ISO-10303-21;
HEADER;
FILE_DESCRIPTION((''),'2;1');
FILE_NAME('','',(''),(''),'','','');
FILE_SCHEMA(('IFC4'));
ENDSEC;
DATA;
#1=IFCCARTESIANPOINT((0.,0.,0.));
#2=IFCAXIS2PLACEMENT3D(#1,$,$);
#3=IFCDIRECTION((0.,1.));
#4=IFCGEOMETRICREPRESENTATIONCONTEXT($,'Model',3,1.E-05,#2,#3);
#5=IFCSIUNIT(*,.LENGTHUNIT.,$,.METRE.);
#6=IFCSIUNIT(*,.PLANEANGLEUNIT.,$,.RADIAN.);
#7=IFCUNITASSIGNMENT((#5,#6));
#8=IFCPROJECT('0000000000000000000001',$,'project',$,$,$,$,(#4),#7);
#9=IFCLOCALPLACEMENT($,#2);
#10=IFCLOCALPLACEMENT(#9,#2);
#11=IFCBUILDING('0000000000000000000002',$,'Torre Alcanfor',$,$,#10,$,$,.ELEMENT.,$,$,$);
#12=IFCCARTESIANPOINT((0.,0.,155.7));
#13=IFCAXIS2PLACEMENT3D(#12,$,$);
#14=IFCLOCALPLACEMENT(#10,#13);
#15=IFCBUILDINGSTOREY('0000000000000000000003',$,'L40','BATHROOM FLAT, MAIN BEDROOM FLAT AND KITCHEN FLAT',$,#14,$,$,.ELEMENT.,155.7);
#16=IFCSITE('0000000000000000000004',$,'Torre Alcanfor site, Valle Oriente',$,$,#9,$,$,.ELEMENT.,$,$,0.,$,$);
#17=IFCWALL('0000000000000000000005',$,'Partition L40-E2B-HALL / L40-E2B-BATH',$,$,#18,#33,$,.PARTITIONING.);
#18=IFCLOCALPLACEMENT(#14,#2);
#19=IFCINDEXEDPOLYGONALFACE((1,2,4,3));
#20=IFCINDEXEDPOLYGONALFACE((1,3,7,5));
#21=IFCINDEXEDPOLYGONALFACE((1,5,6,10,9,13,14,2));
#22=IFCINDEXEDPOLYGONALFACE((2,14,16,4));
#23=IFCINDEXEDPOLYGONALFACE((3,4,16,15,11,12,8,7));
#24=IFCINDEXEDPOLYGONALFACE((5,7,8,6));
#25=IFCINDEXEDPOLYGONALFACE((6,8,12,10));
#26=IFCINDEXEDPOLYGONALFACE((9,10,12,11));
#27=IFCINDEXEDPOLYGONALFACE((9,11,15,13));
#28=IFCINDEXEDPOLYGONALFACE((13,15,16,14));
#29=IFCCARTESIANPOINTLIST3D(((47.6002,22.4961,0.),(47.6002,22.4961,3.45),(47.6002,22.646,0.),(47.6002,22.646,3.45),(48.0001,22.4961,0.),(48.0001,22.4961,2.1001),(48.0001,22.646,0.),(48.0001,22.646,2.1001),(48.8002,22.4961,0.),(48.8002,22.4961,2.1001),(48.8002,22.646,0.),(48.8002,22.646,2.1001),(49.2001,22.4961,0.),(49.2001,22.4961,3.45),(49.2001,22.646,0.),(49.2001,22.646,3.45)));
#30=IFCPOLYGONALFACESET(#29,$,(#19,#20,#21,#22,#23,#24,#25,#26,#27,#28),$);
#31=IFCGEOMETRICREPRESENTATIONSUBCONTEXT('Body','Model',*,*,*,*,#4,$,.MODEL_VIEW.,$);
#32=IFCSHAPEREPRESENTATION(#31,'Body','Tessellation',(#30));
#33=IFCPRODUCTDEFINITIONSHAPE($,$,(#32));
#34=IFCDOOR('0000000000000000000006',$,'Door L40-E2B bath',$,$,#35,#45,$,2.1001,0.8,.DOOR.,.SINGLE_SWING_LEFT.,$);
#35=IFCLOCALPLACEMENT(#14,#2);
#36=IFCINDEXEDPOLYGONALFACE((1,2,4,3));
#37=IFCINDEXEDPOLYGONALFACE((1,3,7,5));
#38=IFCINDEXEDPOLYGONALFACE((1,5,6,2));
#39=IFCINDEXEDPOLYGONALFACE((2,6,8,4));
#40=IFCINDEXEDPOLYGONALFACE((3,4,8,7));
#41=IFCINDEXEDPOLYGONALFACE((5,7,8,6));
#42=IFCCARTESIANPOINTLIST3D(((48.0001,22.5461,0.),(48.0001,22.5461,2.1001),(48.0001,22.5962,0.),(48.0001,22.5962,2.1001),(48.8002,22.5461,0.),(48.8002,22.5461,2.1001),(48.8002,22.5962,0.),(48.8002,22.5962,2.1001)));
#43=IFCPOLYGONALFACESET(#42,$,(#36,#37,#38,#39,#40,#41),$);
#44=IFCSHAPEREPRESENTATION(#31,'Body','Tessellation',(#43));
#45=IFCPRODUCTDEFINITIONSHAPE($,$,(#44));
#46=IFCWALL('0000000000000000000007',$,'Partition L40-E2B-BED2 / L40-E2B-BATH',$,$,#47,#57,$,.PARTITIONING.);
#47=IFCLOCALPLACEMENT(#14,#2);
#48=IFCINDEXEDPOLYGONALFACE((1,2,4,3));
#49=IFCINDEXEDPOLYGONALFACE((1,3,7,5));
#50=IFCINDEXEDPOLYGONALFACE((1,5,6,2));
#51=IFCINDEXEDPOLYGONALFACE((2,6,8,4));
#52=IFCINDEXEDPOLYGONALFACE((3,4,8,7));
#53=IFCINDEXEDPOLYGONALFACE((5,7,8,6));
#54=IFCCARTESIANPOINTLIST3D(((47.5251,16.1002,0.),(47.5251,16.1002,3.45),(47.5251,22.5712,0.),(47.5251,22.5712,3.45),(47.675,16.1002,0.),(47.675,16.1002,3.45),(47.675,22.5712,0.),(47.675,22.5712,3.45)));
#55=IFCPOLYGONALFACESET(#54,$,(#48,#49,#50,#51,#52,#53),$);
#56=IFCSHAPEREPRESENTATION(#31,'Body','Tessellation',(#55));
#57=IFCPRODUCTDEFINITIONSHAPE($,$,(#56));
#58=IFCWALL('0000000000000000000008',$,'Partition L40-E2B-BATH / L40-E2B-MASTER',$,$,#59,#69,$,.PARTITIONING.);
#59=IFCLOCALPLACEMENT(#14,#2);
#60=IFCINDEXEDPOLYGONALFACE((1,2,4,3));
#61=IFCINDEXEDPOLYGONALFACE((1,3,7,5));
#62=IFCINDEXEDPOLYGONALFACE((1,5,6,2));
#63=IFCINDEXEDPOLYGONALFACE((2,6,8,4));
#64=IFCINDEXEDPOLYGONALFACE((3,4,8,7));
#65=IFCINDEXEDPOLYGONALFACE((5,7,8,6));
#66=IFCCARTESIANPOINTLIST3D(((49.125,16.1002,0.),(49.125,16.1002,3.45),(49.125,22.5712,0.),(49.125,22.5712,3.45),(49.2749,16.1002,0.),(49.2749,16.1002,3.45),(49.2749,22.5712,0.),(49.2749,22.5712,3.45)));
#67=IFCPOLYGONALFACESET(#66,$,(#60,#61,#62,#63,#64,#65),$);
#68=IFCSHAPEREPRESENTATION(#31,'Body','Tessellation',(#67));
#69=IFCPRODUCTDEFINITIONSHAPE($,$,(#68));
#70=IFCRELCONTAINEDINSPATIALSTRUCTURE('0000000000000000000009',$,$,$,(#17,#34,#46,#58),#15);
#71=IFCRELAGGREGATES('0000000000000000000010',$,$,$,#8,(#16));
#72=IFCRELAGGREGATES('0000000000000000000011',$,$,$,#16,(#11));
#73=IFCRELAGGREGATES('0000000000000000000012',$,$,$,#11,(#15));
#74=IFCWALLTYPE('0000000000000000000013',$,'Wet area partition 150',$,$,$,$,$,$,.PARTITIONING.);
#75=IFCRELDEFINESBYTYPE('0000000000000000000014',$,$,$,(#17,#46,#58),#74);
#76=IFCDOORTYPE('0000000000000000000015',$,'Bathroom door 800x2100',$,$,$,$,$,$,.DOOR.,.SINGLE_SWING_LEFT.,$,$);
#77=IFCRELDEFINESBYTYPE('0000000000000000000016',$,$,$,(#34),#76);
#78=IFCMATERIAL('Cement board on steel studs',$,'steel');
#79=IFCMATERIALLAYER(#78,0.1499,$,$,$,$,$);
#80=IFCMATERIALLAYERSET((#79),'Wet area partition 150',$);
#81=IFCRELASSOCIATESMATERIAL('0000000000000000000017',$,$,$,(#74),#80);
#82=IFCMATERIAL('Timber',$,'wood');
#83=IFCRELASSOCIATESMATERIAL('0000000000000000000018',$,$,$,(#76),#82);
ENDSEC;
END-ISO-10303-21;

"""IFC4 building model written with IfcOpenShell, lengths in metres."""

from ifc_helpers import new_model, si_unit, direction, frame, frame_2d, origin, place, context, subcontext, project, spatial, rectangle, extrude, material, layer, layer_set, type_object, element, fill, save


model = new_model("IFC4")

# Units and contexts
model_context = context("Model", 3, precision=1e-05, world=origin(), true_north=direction((0.0, 1.0)))
body_context = subcontext(model_context, "Body", "Model", "MODEL_VIEW")
ifc_project = project(units=[si_unit("LENGTHUNIT", "METRE"), si_unit("PLANEANGLEUNIT", "RADIAN")], contexts=[model_context])

# Site, building, storey
site_placement = place(None, origin())
site = spatial("IfcSite", under=ifc_project, at=site_placement, Name="Torre Alcanfor site, Valle Oriente", CompositionType="ELEMENT", RefElevation=0.0)
building_placement = place(site_placement, origin())
building = spatial("IfcBuilding", under=site, at=building_placement, Name="Torre Alcanfor", CompositionType="ELEMENT")
storey_placement = place(building_placement, frame((0.0, 0.0, 155.7)))
storey = spatial("IfcBuildingStorey", under=building, at=storey_placement, Name="L40", Description="BATHROOM FLAT, MAIN BEDROOM FLAT AND KITCHEN FLAT", CompositionType="ELEMENT", Elevation=155.7)

# Wall, opening, door
ifc_material_1 = material(Name="Cement board on steel studs", Category="steel")
ifc_layer_1 = layer(ifc_material_1, 0.1499)
ifc_layer_set_1 = layer_set([ifc_layer_1], Name="Wet area partition 150")
wall_type_1 = type_object("IfcWallType", Name="Wet area partition 150", PredefinedType="PARTITIONING", material=ifc_layer_set_1)
wall_1_placement = place(storey_placement, frame((49.2, 22.571, 0.0), z_axis=(0.0, 0.0, 1.0), x_axis=(-1.0, 0.0, 0.0)))
wall_1 = element("IfcWall", 1, at=wall_1_placement, inside=storey, type_object=wall_type_1, Name="Partition L40-E2B-HALL / L40-E2B-BATH", PredefinedType="PARTITIONING", context=body_context, shape_type="SweptSolid", body=[
    extrude(rectangle(XDim=1.5999, YDim=0.1499, at=frame_2d((0.7998, 0.0))), origin(), (0.0, 0.0, 1.0), 3.45),
])
opening_1_placement = place(wall_1_placement, frame((0.3999, 0.0, 0.0)))
opening_1 = element("IfcOpeningElement", 2, at=opening_1_placement, cuts=wall_1, PredefinedType="OPENING", context=body_context, shape_type="SweptSolid", body=[
    extrude(rectangle(XDim=0.8, YDim=2.1001, at=frame_2d((0.3999, 1.05))), frame((0.0, 0.085, 0.0), z_axis=(0.0, -1.0, 0.0), x_axis=(1.0, 0.0, 0.0)), (0.0, 0.0, 1.0), 0.1699),
])
ifc_material_2 = material(Name="Timber", Category="wood")
door_type_1 = type_object("IfcDoorType", Name="Bathroom door 800x2100", OperationType="SINGLE_SWING_LEFT", PredefinedType="DOOR", material=ifc_material_2)
door_1_placement = place(opening_1_placement, origin())
door_1 = element("IfcDoor", 3, at=door_1_placement, inside=storey, type_object=door_type_1, Name="Door L40-E2B bath", OperationType="SINGLE_SWING_LEFT", OverallHeight=2.1001, OverallWidth=0.8, PredefinedType="DOOR", context=body_context, shape_type="SweptSolid", body=[
    extrude(rectangle(XDim=0.8, YDim=2.1001, at=frame_2d((0.3999, 1.05))), frame((0.0, 0.0249, 0.0), z_axis=(0.0, -1.0, 0.0), x_axis=(1.0, 0.0, 0.0)), (0.0, 0.0, 1.0), 0.05),
])
fill(opening_1, door_1)

# Walls
for number, where, z_axis, x_axis, name in (
    (4, (47.6001, 22.571, 0.0), (0.0, 0.0, 1.0), (0.0, -1.0, 0.0), "Partition L40-E2B-BED2 / L40-E2B-BATH"),
    (5, (49.2, 22.571, 0.0), (0.0, 0.0, 1.0), (0.0, -1.0, 0.0), "Partition L40-E2B-BATH / L40-E2B-MASTER"),
):
    element("IfcWall", number, at=place(storey_placement, frame(where, z_axis=z_axis, x_axis=x_axis)), inside=storey, type_object=wall_type_1, Name=name, PredefinedType="PARTITIONING", context=body_context, shape_type="SweptSolid", body=[
        extrude(rectangle(XDim=6.4709, YDim=0.1499, at=frame_2d((3.2354, 0.0))), origin(), (0.0, 0.0, 1.0), 3.45),
    ])

save(model, "model.ifc")
